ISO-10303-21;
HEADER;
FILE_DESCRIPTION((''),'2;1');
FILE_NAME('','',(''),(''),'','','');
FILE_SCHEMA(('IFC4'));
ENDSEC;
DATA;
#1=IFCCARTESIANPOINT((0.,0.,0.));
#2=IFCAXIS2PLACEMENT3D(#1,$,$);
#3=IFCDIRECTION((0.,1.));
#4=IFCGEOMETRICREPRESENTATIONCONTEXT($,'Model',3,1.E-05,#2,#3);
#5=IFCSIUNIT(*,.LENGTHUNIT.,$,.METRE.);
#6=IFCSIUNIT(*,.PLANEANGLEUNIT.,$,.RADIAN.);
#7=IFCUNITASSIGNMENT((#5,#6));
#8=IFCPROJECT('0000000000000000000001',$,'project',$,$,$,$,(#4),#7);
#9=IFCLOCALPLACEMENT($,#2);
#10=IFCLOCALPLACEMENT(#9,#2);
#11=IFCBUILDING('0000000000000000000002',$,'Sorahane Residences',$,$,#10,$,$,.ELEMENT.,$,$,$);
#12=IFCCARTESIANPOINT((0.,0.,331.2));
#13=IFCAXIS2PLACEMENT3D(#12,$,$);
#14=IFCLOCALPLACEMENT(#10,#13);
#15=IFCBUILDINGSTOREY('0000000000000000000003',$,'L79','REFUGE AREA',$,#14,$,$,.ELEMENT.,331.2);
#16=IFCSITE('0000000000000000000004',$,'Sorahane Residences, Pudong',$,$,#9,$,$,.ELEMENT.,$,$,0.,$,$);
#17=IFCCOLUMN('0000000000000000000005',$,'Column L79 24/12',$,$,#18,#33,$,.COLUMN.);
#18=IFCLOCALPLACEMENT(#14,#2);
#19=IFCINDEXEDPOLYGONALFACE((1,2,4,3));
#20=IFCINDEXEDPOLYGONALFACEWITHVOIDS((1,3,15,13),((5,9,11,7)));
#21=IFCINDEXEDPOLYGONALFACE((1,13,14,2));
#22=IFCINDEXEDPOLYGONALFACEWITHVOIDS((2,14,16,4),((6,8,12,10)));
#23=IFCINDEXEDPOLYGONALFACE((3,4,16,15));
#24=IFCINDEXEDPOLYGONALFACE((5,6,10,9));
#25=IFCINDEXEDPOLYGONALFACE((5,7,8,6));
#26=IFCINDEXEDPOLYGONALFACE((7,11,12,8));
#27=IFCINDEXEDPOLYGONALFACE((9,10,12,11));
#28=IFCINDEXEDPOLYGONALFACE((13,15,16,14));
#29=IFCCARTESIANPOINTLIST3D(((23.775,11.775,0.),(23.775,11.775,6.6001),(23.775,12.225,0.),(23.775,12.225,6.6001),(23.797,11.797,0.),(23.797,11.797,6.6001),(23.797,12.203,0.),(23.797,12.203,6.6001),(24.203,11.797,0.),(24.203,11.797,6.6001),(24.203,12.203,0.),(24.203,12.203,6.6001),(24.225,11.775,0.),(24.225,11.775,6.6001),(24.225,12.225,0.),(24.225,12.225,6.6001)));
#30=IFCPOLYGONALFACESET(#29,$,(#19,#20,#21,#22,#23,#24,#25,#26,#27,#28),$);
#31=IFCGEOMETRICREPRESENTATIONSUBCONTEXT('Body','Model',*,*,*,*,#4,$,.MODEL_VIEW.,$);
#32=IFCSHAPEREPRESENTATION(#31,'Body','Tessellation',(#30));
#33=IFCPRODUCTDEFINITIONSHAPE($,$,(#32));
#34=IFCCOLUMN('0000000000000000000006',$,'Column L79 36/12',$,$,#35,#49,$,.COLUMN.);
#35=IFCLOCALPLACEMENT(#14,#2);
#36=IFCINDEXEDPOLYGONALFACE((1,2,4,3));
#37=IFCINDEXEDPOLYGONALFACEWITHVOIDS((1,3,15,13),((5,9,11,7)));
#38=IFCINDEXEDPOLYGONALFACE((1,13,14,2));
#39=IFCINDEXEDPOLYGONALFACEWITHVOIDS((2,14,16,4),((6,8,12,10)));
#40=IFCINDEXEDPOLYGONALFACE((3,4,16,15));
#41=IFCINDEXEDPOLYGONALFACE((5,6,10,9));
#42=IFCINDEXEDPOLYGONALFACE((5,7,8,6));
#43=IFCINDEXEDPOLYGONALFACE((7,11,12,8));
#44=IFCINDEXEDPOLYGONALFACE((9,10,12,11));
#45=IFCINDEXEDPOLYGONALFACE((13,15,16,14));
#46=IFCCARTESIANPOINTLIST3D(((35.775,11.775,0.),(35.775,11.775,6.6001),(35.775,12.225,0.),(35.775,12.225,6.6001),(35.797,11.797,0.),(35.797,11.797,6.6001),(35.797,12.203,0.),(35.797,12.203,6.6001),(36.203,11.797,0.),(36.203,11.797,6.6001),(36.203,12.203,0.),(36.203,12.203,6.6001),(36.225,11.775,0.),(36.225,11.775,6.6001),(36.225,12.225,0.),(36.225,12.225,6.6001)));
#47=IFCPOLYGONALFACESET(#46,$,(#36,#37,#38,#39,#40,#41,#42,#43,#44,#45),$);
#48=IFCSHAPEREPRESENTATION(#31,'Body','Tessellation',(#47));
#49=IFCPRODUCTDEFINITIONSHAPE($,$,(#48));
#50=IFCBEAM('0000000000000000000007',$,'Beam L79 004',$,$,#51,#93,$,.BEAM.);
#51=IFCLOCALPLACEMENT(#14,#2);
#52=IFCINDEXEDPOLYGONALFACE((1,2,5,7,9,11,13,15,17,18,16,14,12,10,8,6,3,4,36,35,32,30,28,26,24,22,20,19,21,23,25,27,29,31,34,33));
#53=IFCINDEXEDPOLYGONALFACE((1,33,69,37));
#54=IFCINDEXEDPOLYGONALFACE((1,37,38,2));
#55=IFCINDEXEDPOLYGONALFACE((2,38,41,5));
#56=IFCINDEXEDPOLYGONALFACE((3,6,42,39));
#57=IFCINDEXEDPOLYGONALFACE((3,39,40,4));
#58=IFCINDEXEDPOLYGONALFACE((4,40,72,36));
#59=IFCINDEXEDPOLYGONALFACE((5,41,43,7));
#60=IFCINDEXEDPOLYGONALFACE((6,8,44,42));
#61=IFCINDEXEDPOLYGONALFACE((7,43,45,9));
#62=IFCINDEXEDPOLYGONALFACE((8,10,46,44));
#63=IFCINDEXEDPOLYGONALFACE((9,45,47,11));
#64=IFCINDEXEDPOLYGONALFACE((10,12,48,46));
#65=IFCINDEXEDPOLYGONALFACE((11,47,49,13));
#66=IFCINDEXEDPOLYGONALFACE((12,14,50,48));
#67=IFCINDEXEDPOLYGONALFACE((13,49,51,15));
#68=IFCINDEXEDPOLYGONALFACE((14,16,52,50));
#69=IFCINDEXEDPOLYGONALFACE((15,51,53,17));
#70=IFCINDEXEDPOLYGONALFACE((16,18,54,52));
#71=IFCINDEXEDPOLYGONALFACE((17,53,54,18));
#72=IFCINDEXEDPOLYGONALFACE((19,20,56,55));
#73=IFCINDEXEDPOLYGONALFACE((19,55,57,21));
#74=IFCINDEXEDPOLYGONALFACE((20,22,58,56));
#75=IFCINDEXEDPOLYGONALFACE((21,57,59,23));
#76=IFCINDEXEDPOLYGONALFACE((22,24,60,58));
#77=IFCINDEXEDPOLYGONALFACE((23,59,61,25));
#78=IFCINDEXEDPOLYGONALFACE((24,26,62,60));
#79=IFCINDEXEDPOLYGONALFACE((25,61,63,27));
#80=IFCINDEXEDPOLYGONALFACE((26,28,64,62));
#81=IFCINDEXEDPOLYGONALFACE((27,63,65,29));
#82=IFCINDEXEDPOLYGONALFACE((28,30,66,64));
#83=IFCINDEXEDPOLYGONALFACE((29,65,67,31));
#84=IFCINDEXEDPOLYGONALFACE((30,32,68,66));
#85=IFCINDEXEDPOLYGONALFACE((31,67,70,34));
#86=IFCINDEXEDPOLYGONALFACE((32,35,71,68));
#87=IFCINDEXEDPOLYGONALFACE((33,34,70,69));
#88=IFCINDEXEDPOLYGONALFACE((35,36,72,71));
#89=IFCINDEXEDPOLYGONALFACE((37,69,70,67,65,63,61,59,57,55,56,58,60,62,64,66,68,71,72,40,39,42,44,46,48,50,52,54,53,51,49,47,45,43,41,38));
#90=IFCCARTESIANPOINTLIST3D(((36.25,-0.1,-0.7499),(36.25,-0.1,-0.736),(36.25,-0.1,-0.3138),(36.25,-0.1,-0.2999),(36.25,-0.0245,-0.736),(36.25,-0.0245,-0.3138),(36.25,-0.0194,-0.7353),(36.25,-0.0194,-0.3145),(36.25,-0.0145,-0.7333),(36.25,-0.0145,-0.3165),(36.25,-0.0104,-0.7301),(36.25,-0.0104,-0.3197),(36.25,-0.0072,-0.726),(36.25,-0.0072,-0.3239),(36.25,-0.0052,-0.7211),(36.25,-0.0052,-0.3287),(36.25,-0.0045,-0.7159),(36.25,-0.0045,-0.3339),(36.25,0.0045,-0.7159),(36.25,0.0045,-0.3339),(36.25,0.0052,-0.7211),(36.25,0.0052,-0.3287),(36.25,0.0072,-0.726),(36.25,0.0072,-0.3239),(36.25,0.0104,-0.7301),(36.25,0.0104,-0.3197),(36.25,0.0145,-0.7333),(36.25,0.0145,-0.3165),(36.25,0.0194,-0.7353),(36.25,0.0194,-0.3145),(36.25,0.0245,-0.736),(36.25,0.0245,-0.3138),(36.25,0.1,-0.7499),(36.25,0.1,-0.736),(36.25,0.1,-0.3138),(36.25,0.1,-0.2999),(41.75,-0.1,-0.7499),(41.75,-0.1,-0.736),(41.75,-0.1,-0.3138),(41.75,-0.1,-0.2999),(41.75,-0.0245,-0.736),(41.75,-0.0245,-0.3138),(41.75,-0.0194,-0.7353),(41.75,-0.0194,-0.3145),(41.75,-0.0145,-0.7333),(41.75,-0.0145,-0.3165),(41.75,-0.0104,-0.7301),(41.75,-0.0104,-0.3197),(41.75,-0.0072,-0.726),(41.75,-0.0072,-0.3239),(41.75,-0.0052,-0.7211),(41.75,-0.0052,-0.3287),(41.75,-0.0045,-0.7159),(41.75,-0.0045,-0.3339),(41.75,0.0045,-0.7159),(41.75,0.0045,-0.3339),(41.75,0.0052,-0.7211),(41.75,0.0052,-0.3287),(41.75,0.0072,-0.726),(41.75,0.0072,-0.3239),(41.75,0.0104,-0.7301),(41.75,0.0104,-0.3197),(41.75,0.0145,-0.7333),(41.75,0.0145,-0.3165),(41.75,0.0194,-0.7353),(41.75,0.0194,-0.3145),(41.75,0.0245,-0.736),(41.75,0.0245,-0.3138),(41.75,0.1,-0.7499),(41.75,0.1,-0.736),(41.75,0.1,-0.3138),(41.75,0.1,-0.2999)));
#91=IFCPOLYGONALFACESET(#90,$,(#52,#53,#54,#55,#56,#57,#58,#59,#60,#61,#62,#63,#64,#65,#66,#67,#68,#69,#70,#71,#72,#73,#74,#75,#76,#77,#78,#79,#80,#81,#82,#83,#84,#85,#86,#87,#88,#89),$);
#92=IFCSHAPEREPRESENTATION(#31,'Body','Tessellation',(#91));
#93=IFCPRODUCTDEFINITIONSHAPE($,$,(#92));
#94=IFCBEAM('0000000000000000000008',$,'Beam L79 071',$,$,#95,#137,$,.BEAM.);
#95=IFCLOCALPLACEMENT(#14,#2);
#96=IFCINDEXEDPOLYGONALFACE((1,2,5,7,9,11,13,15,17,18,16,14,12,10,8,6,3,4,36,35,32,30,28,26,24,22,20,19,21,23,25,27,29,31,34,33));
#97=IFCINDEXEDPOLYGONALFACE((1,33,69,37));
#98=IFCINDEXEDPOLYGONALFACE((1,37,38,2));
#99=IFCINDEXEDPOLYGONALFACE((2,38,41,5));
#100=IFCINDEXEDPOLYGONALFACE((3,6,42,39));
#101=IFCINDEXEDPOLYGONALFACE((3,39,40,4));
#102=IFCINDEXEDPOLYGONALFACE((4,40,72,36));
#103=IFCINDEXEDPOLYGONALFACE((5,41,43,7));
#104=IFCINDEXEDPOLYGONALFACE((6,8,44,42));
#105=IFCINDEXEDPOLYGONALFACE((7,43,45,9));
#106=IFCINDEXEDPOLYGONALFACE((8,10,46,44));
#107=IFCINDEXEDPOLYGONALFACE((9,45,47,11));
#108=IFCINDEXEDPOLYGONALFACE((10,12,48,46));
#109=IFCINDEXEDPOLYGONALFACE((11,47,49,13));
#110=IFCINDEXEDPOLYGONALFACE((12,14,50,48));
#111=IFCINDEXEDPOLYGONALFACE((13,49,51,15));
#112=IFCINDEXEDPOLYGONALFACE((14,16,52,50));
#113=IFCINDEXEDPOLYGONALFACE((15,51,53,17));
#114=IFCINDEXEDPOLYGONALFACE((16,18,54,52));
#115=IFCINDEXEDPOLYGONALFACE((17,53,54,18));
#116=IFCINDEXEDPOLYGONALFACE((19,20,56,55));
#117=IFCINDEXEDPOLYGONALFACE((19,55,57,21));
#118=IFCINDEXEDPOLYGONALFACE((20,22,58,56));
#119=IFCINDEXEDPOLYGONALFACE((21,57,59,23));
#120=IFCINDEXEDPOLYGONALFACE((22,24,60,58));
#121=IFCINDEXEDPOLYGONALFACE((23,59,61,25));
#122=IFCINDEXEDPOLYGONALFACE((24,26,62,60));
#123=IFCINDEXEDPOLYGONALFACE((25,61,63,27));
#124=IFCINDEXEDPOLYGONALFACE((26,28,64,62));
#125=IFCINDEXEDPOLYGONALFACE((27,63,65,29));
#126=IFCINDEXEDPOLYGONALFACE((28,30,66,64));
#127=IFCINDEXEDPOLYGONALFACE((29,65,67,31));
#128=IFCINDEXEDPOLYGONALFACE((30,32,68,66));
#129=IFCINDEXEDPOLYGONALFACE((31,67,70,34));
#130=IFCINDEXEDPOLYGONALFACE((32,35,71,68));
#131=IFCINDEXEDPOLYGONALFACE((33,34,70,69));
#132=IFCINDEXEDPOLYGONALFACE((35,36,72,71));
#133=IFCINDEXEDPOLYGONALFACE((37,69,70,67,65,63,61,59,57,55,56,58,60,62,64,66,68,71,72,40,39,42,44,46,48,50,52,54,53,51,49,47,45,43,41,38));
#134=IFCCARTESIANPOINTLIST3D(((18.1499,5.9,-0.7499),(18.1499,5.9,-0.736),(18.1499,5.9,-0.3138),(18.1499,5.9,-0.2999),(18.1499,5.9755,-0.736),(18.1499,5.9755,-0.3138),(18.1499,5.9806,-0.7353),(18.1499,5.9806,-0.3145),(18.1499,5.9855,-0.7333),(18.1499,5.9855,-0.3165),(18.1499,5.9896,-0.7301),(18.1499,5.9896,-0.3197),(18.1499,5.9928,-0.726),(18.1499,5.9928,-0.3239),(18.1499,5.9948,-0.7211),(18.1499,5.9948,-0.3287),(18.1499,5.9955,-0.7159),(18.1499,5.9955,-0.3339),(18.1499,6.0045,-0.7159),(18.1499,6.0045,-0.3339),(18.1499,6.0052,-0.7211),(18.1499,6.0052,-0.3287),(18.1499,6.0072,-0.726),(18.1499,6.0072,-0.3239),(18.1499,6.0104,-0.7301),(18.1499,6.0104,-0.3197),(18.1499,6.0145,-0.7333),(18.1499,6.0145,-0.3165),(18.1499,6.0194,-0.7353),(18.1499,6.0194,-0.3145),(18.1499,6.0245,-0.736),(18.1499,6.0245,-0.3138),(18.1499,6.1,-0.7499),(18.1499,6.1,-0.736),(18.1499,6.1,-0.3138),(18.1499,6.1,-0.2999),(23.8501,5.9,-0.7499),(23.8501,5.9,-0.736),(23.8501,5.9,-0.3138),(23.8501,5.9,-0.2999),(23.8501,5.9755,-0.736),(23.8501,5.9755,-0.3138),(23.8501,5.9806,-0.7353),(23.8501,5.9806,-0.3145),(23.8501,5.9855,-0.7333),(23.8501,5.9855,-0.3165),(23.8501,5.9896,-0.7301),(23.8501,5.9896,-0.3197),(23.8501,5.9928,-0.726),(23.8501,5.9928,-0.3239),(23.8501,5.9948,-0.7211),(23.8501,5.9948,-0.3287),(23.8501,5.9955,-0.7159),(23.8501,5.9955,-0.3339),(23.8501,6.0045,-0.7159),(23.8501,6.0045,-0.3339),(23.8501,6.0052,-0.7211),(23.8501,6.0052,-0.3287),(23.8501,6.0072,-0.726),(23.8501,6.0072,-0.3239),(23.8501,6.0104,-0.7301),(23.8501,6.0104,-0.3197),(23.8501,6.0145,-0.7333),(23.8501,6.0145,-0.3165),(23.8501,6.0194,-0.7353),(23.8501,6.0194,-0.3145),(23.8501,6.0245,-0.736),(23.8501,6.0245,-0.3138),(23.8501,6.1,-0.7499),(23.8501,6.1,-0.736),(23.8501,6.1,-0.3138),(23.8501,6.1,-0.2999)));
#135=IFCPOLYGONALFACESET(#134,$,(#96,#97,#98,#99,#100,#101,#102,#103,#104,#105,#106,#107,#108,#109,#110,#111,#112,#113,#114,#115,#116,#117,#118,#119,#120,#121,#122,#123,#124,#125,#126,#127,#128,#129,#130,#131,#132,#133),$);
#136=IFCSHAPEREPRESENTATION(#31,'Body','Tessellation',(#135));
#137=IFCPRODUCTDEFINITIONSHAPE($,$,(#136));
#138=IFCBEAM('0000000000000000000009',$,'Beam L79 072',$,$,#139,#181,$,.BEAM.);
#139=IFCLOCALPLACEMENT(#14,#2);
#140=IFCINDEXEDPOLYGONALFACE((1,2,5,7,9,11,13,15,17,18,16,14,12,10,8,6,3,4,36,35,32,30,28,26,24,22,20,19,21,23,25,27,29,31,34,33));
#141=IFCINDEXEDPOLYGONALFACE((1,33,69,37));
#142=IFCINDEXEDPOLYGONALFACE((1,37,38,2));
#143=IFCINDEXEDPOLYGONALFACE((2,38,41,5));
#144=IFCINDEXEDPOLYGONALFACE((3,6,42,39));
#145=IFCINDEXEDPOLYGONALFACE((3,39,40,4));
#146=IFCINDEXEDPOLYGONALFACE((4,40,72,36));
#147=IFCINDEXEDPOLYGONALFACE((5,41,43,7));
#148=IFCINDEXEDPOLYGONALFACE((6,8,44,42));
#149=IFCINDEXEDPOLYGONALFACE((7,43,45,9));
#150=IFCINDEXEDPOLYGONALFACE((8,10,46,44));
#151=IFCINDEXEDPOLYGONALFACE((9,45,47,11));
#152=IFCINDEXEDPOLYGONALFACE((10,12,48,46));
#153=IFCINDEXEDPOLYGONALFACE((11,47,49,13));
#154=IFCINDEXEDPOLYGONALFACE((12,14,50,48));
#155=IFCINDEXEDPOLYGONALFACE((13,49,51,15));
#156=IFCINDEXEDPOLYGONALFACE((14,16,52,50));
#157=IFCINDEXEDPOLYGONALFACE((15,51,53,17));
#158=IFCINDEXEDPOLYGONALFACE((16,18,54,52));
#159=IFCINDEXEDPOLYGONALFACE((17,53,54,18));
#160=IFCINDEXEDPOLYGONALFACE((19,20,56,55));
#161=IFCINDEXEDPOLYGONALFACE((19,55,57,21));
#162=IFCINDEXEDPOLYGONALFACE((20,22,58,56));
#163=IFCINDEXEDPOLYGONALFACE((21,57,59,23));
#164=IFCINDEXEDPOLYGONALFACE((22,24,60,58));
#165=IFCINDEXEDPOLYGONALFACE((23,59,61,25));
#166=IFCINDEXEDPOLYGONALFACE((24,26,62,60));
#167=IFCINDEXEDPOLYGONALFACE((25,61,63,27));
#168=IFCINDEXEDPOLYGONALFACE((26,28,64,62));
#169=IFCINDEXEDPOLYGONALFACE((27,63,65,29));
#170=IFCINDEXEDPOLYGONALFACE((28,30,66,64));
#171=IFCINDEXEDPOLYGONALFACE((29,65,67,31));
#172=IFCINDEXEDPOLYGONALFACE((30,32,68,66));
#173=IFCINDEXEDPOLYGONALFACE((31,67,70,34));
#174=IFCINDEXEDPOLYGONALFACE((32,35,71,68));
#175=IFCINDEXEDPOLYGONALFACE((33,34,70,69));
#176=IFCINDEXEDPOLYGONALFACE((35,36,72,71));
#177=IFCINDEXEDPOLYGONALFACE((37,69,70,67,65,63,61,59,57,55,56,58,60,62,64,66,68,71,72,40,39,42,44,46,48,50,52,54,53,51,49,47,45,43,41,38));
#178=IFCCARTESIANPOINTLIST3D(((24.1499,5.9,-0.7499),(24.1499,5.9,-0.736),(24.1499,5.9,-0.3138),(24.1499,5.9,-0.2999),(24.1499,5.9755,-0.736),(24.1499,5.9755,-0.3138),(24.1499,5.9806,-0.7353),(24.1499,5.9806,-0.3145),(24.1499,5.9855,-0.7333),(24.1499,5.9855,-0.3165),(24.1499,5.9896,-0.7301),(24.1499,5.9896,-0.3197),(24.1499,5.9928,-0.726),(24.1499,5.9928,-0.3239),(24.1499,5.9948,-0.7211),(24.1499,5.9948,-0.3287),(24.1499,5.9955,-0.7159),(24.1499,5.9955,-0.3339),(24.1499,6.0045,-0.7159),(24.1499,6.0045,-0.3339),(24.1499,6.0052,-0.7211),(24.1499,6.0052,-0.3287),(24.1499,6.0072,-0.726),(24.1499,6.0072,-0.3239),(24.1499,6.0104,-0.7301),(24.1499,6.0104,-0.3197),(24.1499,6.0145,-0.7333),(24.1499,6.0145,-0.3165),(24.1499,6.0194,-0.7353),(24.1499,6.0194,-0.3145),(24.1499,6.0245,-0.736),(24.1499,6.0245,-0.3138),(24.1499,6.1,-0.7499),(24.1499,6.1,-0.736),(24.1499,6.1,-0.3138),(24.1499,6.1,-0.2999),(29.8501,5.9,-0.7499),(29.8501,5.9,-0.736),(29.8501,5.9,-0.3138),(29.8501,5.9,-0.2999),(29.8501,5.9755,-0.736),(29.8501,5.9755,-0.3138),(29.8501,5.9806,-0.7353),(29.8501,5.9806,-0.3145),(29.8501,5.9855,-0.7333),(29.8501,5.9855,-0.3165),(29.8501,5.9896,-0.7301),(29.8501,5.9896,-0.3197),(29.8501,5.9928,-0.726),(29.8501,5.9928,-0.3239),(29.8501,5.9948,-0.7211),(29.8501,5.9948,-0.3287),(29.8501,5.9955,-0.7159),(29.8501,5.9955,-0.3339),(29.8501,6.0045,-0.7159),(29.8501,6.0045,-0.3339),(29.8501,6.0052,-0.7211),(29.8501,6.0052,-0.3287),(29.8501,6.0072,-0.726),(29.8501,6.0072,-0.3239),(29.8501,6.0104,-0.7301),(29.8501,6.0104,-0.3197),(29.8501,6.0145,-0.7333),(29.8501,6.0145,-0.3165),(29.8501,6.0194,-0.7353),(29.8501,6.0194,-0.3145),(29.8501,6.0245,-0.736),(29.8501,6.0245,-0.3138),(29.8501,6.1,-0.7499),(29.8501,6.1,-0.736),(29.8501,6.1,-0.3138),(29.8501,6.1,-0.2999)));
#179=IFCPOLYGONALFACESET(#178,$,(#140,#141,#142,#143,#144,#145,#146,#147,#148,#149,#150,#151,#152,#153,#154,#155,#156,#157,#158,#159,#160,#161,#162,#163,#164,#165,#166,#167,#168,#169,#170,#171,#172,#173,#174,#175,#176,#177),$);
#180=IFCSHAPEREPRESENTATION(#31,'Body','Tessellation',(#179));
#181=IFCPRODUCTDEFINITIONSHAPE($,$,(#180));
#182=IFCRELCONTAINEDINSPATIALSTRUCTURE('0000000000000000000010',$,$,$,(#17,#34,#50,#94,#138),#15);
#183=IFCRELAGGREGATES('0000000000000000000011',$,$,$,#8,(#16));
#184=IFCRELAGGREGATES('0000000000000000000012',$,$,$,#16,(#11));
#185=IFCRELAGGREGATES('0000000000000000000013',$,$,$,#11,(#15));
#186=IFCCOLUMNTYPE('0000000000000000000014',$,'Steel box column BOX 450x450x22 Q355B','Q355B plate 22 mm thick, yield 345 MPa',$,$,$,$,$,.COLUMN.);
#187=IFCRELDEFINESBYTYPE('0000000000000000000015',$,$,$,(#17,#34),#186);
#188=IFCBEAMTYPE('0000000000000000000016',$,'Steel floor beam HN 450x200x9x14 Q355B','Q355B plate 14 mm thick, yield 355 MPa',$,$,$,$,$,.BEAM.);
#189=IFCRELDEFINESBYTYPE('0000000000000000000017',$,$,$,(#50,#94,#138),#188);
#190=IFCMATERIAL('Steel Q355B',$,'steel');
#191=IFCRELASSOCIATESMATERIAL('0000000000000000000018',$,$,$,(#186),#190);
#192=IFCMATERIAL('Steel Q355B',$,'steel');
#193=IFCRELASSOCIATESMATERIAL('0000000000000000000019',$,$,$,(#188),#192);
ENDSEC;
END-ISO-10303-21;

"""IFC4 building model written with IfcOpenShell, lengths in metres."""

from ifc_helpers import new_model, si_unit, direction, frame, origin, origin_2d, place, context, subcontext, project, spatial, hollow_rectangle, i_section, extrude, material, material_profile, profile_set, type_object, element, save


model = new_model("IFC4")

# Units and contexts
model_context = context("Model", 3, precision=1e-05, world=origin(), true_north=direction((0.0, 1.0)))
body_context = subcontext(model_context, "Body", "Model", "MODEL_VIEW")
ifc_project = project(units=[si_unit("LENGTHUNIT", "METRE"), si_unit("PLANEANGLEUNIT", "RADIAN")], contexts=[model_context])

# Site, building, storey
site_placement = place(None, origin())
site = spatial("IfcSite", under=ifc_project, at=site_placement, Name="Sorahane Residences, Pudong", CompositionType="ELEMENT", RefElevation=0.0)
building_placement = place(site_placement, origin())
building = spatial("IfcBuilding", under=site, at=building_placement, Name="Sorahane Residences", CompositionType="ELEMENT")
storey_placement = place(building_placement, frame((0.0, 0.0, 331.2)))
storey = spatial("IfcBuildingStorey", under=building, at=storey_placement, Name="L79", Description="REFUGE AREA", CompositionType="ELEMENT", Elevation=331.2)

# Columns
ifc_material_1 = material(Name="Steel Q355B", Category="steel")
ifc_material_profile_1 = material_profile(ifc_material_1, hollow_rectangle(XDim=0.45, YDim=0.45, WallThickness=0.022, at=origin_2d()), Name="BOX 450x450x22")
ifc_profile_set_1 = profile_set([ifc_material_profile_1], Name="Steel Q355B")
column_type = type_object("IfcColumnType", Name="Steel box column BOX 450x450x22 Q355B", Description="Q355B plate 22 mm thick, yield 345 MPa", PredefinedType="COLUMN", material=ifc_profile_set_1)
for number, where, z_axis, x_axis, name in (
    (1, (24.0, 12.0, 0.0), (0.0, 0.0, 1.0), (1.0, 0.0, 0.0), "Column L79 24/12"),
    (2, (36.0, 12.0, 0.0), (0.0, 0.0, 1.0), (1.0, 0.0, 0.0), "Column L79 36/12"),
):
    element("IfcColumn", number, at=place(storey_placement, frame(where, z_axis=z_axis, x_axis=x_axis)), inside=storey, type_object=column_type, Name=name, PredefinedType="COLUMN", context=body_context, shape_type="SweptSolid", body=[
        extrude(hollow_rectangle(XDim=0.45, YDim=0.45, WallThickness=0.022, at=origin_2d()), origin(), (0.0, 0.0, 1.0), 6.6001),
    ])

# Beams
ifc_material_2 = material(Name="Steel Q355B", Category="steel")
ifc_material_profile_2 = material_profile(ifc_material_2, i_section(OverallWidth=0.2, OverallDepth=0.45, WebThickness=0.009, FlangeThickness=0.0139, FilletRadius=0.02, at=origin_2d()), Name="HN 450x200x9x14")
ifc_profile_set_2 = profile_set([ifc_material_profile_2], Name="Steel Q355B")
beam_type_1 = type_object("IfcBeamType", Name="Steel floor beam HN 450x200x9x14 Q355B", Description="Q355B plate 14 mm thick, yield 355 MPa", PredefinedType="BEAM", material=ifc_profile_set_2)
beam_1_placement = place(storey_placement, frame((36.25, 0.0, -0.5249), z_axis=(1.0, 0.0, 0.0), x_axis=(0.0, 1.0, 0.0)))
element("IfcBeam", 3, at=beam_1_placement, inside=storey, type_object=beam_type_1, Name="Beam L79 004", PredefinedType="BEAM", context=body_context, shape_type="SweptSolid", body=[
    extrude(i_section(OverallWidth=0.2, OverallDepth=0.45, WebThickness=0.009, FlangeThickness=0.0139, FilletRadius=0.02, at=origin_2d()), origin(), (0.0, 0.0, 1.0), 5.5),
])
for number, where, z_axis, x_axis, name in (
    (4, (18.1499, 6.0, -0.5249), (1.0, 0.0, 0.0), (0.0, 1.0, 0.0), "Beam L79 071"),
    (5, (24.1499, 6.0, -0.5249), (1.0, 0.0, 0.0), (0.0, 1.0, 0.0), "Beam L79 072"),
):
    element("IfcBeam", number, at=place(storey_placement, frame(where, z_axis=z_axis, x_axis=x_axis)), inside=storey, type_object=beam_type_1, Name=name, PredefinedType="BEAM", context=body_context, shape_type="SweptSolid", body=[
        extrude(i_section(OverallWidth=0.2, OverallDepth=0.45, WebThickness=0.009, FlangeThickness=0.0139, FilletRadius=0.02, at=origin_2d()), origin(), (0.0, 0.0, 1.0), 5.7002),
    ])

save(model, "model.ifc")
